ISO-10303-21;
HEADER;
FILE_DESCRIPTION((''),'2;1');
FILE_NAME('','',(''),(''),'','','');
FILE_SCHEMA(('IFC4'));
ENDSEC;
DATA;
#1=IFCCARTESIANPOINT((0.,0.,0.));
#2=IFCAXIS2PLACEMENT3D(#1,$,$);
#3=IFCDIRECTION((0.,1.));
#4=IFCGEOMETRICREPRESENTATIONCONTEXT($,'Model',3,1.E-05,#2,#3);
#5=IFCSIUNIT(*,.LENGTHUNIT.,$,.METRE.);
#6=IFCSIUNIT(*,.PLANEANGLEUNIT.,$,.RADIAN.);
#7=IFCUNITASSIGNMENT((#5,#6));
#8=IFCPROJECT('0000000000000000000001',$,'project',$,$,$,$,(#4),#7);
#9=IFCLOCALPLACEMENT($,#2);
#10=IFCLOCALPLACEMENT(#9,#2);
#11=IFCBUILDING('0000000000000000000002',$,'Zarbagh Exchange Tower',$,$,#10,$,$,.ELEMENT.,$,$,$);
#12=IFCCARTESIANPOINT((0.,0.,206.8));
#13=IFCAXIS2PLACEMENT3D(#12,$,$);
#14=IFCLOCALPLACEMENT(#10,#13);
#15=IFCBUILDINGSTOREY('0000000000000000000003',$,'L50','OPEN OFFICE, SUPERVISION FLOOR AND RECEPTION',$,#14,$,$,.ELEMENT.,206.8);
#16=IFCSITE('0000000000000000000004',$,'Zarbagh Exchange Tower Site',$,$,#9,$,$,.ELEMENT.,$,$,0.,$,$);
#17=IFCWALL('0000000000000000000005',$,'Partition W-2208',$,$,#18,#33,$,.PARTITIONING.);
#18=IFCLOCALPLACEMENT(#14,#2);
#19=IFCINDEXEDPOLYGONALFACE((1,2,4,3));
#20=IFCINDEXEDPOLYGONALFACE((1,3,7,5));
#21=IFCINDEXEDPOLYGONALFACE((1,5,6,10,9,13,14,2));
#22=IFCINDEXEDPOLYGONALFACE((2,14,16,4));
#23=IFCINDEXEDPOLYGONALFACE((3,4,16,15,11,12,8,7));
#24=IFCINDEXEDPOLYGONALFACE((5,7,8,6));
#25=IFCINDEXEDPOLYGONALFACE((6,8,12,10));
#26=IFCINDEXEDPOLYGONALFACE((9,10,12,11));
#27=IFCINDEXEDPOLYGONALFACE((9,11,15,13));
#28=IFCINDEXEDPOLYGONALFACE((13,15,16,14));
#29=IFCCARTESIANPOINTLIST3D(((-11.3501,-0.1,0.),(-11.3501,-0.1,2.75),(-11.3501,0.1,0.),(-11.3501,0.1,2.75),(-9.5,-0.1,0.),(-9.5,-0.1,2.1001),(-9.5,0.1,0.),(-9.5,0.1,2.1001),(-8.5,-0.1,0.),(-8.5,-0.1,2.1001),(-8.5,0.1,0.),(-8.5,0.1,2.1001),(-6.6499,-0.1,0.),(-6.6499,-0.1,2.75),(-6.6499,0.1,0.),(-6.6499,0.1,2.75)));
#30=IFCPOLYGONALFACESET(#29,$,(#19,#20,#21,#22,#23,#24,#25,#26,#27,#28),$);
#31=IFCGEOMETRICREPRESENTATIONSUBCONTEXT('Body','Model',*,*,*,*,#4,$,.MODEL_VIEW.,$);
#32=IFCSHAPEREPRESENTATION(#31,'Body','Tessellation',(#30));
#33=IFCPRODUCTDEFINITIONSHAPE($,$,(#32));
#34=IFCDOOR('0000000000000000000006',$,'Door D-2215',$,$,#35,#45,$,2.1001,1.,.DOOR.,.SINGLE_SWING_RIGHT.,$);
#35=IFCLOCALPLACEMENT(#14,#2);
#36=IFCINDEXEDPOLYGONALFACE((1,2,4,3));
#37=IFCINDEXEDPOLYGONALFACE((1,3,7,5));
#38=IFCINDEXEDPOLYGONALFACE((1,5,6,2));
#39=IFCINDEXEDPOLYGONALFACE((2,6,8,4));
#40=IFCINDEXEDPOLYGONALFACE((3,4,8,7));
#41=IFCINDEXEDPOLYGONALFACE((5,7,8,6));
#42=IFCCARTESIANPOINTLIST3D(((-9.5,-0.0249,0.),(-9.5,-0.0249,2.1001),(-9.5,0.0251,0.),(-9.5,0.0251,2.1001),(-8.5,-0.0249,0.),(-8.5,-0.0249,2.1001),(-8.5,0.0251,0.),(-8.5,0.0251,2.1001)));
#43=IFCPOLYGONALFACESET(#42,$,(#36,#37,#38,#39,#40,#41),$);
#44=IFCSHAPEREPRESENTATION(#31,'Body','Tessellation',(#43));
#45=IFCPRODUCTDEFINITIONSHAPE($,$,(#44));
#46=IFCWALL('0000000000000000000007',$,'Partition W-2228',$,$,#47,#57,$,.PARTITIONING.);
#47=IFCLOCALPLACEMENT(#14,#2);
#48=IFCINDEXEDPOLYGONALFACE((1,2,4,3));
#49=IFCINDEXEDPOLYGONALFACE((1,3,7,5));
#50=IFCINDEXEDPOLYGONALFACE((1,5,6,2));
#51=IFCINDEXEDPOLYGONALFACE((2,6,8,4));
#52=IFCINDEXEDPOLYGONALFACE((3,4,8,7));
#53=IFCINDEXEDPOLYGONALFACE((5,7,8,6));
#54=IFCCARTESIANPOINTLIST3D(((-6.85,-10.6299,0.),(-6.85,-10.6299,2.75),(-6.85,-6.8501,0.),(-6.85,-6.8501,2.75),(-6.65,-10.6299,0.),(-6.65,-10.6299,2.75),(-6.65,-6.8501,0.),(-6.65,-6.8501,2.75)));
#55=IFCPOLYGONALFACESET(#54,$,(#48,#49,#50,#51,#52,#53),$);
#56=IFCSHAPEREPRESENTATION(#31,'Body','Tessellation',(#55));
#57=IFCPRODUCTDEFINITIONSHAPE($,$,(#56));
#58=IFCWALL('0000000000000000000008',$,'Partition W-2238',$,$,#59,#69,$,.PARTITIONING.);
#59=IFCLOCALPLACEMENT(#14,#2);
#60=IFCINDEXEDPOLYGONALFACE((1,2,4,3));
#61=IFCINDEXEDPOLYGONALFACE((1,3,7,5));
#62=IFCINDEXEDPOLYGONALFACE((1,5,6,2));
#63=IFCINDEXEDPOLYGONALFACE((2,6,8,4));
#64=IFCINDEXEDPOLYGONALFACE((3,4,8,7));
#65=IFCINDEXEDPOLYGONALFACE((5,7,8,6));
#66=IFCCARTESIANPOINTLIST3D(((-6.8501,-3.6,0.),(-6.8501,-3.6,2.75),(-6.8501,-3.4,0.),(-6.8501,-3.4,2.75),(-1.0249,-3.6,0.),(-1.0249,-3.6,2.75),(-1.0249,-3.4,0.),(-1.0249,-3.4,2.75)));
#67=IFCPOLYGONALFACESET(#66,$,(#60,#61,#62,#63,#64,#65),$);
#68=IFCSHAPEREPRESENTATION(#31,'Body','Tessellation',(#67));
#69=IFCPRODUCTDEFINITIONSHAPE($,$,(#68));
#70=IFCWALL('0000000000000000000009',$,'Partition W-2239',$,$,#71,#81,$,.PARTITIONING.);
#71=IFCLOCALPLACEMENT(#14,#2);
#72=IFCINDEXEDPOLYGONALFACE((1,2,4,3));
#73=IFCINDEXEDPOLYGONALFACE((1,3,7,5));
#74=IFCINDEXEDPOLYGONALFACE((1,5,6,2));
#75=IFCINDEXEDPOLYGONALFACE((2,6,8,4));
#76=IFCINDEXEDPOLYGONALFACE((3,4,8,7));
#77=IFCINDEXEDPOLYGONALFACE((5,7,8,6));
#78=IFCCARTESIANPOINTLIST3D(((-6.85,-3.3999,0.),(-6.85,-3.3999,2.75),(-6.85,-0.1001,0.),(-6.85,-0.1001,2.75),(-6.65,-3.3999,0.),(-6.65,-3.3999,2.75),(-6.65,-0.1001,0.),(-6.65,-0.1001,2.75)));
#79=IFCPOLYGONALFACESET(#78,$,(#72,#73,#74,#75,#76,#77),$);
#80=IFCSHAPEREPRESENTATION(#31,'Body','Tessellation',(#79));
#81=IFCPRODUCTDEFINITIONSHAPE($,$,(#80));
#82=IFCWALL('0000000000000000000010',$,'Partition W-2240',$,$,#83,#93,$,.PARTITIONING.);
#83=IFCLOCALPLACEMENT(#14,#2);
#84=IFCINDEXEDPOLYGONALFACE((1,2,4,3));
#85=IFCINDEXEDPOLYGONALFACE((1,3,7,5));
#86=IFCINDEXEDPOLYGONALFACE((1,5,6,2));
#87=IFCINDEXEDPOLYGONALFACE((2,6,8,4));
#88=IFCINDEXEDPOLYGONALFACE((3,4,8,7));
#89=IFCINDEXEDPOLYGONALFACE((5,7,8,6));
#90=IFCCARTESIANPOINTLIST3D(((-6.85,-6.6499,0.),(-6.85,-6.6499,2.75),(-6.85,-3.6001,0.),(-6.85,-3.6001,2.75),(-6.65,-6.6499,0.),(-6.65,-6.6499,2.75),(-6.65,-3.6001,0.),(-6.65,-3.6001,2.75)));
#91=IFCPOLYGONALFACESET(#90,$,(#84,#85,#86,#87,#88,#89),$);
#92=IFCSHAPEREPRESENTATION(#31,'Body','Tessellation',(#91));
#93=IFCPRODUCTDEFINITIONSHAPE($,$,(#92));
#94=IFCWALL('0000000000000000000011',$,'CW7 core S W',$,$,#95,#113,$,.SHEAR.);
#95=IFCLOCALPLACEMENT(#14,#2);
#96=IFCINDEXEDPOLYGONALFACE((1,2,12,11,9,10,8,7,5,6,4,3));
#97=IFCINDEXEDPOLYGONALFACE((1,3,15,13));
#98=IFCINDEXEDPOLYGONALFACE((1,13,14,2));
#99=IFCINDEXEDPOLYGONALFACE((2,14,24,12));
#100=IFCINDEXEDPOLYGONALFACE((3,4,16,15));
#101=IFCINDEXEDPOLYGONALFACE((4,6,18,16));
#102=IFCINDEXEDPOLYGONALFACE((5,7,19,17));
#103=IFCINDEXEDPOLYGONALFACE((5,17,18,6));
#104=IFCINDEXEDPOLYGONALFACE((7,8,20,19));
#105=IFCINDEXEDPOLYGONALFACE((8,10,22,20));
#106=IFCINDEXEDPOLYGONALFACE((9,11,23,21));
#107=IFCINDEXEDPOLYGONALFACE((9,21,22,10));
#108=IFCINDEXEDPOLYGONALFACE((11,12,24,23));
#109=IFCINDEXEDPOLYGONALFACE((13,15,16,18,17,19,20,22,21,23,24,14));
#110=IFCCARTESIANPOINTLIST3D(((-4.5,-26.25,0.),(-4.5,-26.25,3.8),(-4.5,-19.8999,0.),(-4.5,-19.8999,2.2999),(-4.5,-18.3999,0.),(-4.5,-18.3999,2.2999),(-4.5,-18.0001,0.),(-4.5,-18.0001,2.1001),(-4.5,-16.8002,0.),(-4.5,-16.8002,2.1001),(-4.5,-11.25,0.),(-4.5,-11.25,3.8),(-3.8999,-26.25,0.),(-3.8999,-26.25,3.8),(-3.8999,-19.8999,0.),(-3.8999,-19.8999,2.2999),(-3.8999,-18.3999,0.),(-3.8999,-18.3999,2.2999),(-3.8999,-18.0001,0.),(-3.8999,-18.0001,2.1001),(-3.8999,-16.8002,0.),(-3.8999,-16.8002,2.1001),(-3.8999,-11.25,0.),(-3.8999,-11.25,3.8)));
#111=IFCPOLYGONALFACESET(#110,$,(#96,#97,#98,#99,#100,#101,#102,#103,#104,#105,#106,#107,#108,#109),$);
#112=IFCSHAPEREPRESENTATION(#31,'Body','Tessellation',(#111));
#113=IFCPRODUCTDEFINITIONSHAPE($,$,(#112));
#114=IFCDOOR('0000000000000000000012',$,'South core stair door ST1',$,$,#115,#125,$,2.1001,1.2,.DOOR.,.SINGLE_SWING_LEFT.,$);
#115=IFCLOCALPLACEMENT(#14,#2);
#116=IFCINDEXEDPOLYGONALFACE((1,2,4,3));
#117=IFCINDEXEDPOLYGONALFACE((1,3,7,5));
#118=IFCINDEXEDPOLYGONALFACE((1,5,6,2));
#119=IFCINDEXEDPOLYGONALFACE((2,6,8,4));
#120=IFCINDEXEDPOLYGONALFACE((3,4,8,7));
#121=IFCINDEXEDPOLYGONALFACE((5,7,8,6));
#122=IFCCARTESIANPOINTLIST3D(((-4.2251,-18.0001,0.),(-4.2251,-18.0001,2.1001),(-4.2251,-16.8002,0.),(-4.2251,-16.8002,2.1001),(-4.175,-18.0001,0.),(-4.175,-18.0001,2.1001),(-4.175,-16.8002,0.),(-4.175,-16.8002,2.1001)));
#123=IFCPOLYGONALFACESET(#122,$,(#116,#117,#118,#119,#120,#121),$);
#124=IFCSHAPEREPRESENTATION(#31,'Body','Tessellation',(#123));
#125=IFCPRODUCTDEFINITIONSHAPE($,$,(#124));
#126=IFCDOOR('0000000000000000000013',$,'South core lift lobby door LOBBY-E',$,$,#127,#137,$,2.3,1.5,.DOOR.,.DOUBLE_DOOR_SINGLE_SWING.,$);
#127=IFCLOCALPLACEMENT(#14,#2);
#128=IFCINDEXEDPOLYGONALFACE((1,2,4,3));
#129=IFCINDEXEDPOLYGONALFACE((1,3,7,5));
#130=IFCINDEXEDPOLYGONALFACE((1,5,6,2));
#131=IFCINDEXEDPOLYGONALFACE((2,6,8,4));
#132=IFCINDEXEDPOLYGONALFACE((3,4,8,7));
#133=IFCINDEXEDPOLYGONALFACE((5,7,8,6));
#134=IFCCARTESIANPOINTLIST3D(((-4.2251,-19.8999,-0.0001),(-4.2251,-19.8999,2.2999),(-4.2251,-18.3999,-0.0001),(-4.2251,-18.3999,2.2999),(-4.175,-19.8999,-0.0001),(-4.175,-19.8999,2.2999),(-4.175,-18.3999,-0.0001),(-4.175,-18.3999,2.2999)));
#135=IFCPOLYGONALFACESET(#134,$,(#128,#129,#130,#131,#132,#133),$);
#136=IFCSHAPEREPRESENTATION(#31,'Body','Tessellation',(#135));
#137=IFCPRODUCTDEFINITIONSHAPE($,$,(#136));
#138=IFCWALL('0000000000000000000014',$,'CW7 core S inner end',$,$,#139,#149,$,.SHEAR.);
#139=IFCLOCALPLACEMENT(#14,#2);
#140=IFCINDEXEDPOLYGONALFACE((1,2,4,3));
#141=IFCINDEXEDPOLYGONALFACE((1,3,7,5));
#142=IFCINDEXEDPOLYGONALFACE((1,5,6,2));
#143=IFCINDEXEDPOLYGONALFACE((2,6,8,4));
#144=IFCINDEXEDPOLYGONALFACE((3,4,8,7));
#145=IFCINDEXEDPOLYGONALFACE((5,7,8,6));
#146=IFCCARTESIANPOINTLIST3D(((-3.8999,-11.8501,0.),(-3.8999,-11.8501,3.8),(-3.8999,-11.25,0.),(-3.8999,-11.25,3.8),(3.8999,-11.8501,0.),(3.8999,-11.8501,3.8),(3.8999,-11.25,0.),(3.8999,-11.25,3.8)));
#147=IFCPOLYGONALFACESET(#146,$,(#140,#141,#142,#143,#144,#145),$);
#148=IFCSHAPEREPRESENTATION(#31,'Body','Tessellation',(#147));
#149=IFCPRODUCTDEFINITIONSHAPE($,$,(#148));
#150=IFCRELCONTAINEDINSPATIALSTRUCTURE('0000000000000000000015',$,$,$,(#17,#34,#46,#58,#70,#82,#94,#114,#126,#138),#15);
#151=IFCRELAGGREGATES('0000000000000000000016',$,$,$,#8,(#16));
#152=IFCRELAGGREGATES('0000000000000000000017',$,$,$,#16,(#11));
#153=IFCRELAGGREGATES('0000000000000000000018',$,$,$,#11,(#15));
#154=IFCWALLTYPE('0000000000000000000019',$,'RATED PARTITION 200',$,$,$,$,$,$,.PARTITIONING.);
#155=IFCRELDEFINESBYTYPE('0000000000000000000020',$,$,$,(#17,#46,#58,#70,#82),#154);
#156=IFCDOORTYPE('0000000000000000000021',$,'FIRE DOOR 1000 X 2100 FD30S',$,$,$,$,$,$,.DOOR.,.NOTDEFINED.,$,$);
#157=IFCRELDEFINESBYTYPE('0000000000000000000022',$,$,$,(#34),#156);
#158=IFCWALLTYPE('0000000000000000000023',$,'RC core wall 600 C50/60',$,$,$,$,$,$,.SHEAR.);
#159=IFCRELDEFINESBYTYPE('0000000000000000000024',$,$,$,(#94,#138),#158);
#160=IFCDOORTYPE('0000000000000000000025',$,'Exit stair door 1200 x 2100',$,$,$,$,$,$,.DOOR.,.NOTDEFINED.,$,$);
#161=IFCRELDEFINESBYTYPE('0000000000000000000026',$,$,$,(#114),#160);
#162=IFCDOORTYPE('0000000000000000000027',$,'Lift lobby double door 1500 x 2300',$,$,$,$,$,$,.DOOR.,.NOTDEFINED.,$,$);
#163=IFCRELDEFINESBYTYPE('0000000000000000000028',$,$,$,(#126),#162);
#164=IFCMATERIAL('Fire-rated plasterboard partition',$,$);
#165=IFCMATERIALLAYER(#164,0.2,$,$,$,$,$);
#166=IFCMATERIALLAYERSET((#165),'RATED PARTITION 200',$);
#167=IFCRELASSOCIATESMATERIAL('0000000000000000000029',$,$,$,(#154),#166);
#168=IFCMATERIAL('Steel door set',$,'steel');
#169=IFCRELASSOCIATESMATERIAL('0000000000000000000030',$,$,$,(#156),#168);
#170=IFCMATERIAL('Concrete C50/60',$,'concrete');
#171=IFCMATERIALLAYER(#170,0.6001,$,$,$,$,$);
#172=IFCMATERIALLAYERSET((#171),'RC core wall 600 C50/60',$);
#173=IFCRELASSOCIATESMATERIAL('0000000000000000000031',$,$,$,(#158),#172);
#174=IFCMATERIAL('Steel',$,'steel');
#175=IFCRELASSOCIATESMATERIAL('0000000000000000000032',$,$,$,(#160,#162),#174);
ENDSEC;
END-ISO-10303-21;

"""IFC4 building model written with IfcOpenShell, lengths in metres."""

from ifc_helpers import new_model, si_unit, direction, frame, frame_2d, origin, place, context, subcontext, project, spatial, rectangle, extrude, material, layer, layer_set, type_object, element, fill, save


model = new_model("IFC4")

# Units and contexts
model_context = context("Model", 3, precision=1e-05, world=origin(), true_north=direction((0.0, 1.0)))
body_context = subcontext(model_context, "Body", "Model", "MODEL_VIEW")
ifc_project = project(units=[si_unit("LENGTHUNIT", "METRE"), si_unit("PLANEANGLEUNIT", "RADIAN")], contexts=[model_context])

# Site, building, storey
site_placement = place(None, origin())
site = spatial("IfcSite", under=ifc_project, at=site_placement, Name="Zarbagh Exchange Tower Site", CompositionType="ELEMENT", RefElevation=0.0)
building_placement = place(site_placement, origin())
building = spatial("IfcBuilding", under=site, at=building_placement, Name="Zarbagh Exchange Tower", CompositionType="ELEMENT")
storey_placement = place(building_placement, frame((0.0, 0.0, 206.8)))
storey = spatial("IfcBuildingStorey", under=building, at=storey_placement, Name="L50", Description="OPEN OFFICE, SUPERVISION FLOOR AND RECEPTION", CompositionType="ELEMENT", Elevation=206.8)

# Shared definitions
ifc_material_1 = material(Name="Concrete C50/60", Category="concrete")

# Wall, opening, door
ifc_material_2 = material(Name="Fire-rated plasterboard partition")
ifc_layer_1 = layer(ifc_material_2, 0.2)
ifc_layer_set_1 = layer_set([ifc_layer_1], Name="RATED PARTITION 200")
wall_type_1 = type_object("IfcWallType", Name="RATED PARTITION 200", PredefinedType="PARTITIONING", material=ifc_layer_set_1)
wall_1_placement = place(storey_placement, frame((-6.6499, 0.0, 0.0), z_axis=(0.0, 0.0, 1.0), x_axis=(-1.0, 0.0, 0.0)))
wall_1 = element("IfcWall", 1, at=wall_1_placement, inside=storey, type_object=wall_type_1, Name="Partition W-2208", PredefinedType="PARTITIONING", context=body_context, shape_type="SweptSolid", body=[
    extrude(rectangle(XDim=4.7002, YDim=0.2, at=frame_2d((2.3501, 0.0))), origin(), (0.0, 0.0, 1.0), 2.75),
])
opening_1_placement = place(wall_1_placement, frame((1.8501, 0.0, 0.0)))
opening_1 = element("IfcOpeningElement", 2, at=opening_1_placement, cuts=wall_1, PredefinedType="OPENING", context=body_context, shape_type="SweptSolid", body=[
    extrude(rectangle(XDim=1.0, YDim=2.1001, at=frame_2d((0.5, 1.05))), frame((0.0, 0.1099, 0.0), z_axis=(0.0, -1.0, 0.0), x_axis=(1.0, 0.0, 0.0)), (0.0, 0.0, 1.0), 0.22),
])
ifc_material_3 = material(Name="Steel door set", Category="steel")
door_type_1 = type_object("IfcDoorType", Name="FIRE DOOR 1000 X 2100 FD30S", OperationType="NOTDEFINED", PredefinedType="DOOR", material=ifc_material_3)
door_1_placement = place(opening_1_placement, origin())
door_1 = element("IfcDoor", 3, at=door_1_placement, inside=storey, type_object=door_type_1, Name="Door D-2215", OperationType="SINGLE_SWING_RIGHT", OverallHeight=2.1001, OverallWidth=1.0, PredefinedType="DOOR", context=body_context, shape_type="SweptSolid", body=[
    extrude(rectangle(XDim=1.0, YDim=2.1001, at=frame_2d((0.5, 1.05))), frame((0.0, 0.0249, 0.0), z_axis=(0.0, -1.0, 0.0), x_axis=(1.0, 0.0, 0.0)), (0.0, 0.0, 1.0), 0.05),
])
fill(opening_1, door_1)

# Walls
wall_2_placement = place(storey_placement, frame((-6.75, -10.6299, 0.0), z_axis=(0.0, 0.0, 1.0), x_axis=(0.0, 1.0, 0.0)))
element("IfcWall", 4, at=wall_2_placement, inside=storey, type_object=wall_type_1, Name="Partition W-2228", PredefinedType="PARTITIONING", context=body_context, shape_type="SweptSolid", body=[
    extrude(rectangle(XDim=3.7798, YDim=0.2, at=frame_2d((1.8899, 0.0))), origin(), (0.0, 0.0, 1.0), 2.75),
])
wall_3_placement = place(storey_placement, frame((-6.8501, -3.5, 0.0), z_axis=(0.0, 0.0, 1.0), x_axis=(1.0, 0.0, 0.0)))
element("IfcWall", 5, at=wall_3_placement, inside=storey, type_object=wall_type_1, Name="Partition W-2238", PredefinedType="PARTITIONING", context=body_context, shape_type="SweptSolid", body=[
    extrude(rectangle(XDim=5.8252, YDim=0.2, at=frame_2d((2.9126, 0.0))), origin(), (0.0, 0.0, 1.0), 2.75),
])
wall_4_placement = place(storey_placement, frame((-6.75, -3.3999, 0.0), z_axis=(0.0, 0.0, 1.0), x_axis=(0.0, 1.0, 0.0)))
element("IfcWall", 6, at=wall_4_placement, inside=storey, type_object=wall_type_1, Name="Partition W-2239", PredefinedType="PARTITIONING", context=body_context, shape_type="SweptSolid", body=[
    extrude(rectangle(XDim=3.2998, YDim=0.2, at=frame_2d((1.6499, 0.0))), origin(), (0.0, 0.0, 1.0), 2.75),
])
wall_5_placement = place(storey_placement, frame((-6.75, -6.6499, 0.0), z_axis=(0.0, 0.0, 1.0), x_axis=(0.0, 1.0, 0.0)))
element("IfcWall", 7, at=wall_5_placement, inside=storey, type_object=wall_type_1, Name="Partition W-2240", PredefinedType="PARTITIONING", context=body_context, shape_type="SweptSolid", body=[
    extrude(rectangle(XDim=3.0498, YDim=0.2, at=frame_2d((1.5249, 0.0))), origin(), (0.0, 0.0, 1.0), 2.75),
])

# Wall, openings, doors
ifc_layer_2 = layer(ifc_material_1, 0.6001)
ifc_layer_set_2 = layer_set([ifc_layer_2], Name="RC core wall 600 C50/60")
wall_type_2 = type_object("IfcWallType", Name="RC core wall 600 C50/60", PredefinedType="SHEAR", material=ifc_layer_set_2)
wall_6_placement = place(storey_placement, frame((-4.2, -11.25, 0.0), z_axis=(0.0, 0.0, 1.0), x_axis=(0.0, -1.0, 0.0)))
wall_6 = element("IfcWall", 8, at=wall_6_placement, inside=storey, type_object=wall_type_2, Name="CW7 core S W", PredefinedType="SHEAR", context=body_context, shape_type="SweptSolid", body=[
    extrude(rectangle(XDim=15.0, YDim=0.6001, at=frame_2d((7.5, 0.0))), origin(), (0.0, 0.0, 1.0), 3.8),
])
opening_2_placement = place(wall_6_placement, frame((7.1499, 0.0, 0.0)))
opening_2 = element("IfcOpeningElement", 9, at=opening_2_placement, cuts=wall_6, PredefinedType="OPENING", context=body_context, shape_type="SweptSolid", body=[
    extrude(rectangle(XDim=1.5, YDim=2.3, at=frame_2d((0.75, 1.1499))), frame((0.0, 0.3101, 0.0), z_axis=(0.0, -1.0, 0.0), x_axis=(1.0, 0.0, 0.0)), (0.0, 0.0, 1.0), 0.6201),
])
opening_3_placement = place(wall_6_placement, frame((5.55, 0.0, 0.0)))
opening_3 = element("IfcOpeningElement", 10, at=opening_3_placement, cuts=wall_6, PredefinedType="OPENING", context=body_context, shape_type="SweptSolid", body=[
    extrude(rectangle(XDim=1.2, YDim=2.1001, at=frame_2d((0.6001, 1.05))), frame((0.0, 0.3101, 0.0), z_axis=(0.0, -1.0, 0.0), x_axis=(1.0, 0.0, 0.0)), (0.0, 0.0, 1.0), 0.6201),
])
ifc_material_4 = material(Name="Steel", Category="steel")
door_type_2 = type_object("IfcDoorType", Name="Exit stair door 1200 x 2100", OperationType="NOTDEFINED", PredefinedType="DOOR", material=ifc_material_4)
door_2_placement = place(opening_3_placement, origin())
door_2 = element("IfcDoor", 11, at=door_2_placement, inside=storey, type_object=door_type_2, Name="South core stair door ST1", OperationType="SINGLE_SWING_LEFT", OverallHeight=2.1001, OverallWidth=1.2, PredefinedType="DOOR", context=body_context, shape_type="SweptSolid", body=[
    extrude(rectangle(XDim=1.2, YDim=2.1001, at=frame_2d((0.6001, 1.05))), frame((0.0, 0.0249, 0.0), z_axis=(0.0, -1.0, 0.0), x_axis=(1.0, 0.0, 0.0)), (0.0, 0.0, 1.0), 0.05),
])
fill(opening_3, door_2)
door_type_3 = type_object("IfcDoorType", Name="Lift lobby double door 1500 x 2300", OperationType="NOTDEFINED", PredefinedType="DOOR", material=ifc_material_4)
door_3_placement = place(opening_2_placement, origin())
door_3 = element("IfcDoor", 12, at=door_3_placement, inside=storey, type_object=door_type_3, Name="South core lift lobby door LOBBY-E", OperationType="DOUBLE_DOOR_SINGLE_SWING", OverallHeight=2.3, OverallWidth=1.5, PredefinedType="DOOR", context=body_context, shape_type="SweptSolid", body=[
    extrude(rectangle(XDim=1.5, YDim=2.3, at=frame_2d((0.75, 1.1499))), frame((0.0, 0.0249, 0.0), z_axis=(0.0, -1.0, 0.0), x_axis=(1.0, 0.0, 0.0)), (0.0, 0.0, 1.0), 0.05),
])
fill(opening_2, door_3)

# Wall
wall_7_placement = place(storey_placement, frame((-3.8999, -11.55, 0.0), z_axis=(0.0, 0.0, 1.0), x_axis=(1.0, 0.0, 0.0)))
element("IfcWall", 13, at=wall_7_placement, inside=storey, type_object=wall_type_2, Name="CW7 core S inner end", PredefinedType="SHEAR", context=body_context, shape_type="SweptSolid", body=[
    extrude(rectangle(XDim=7.7998, YDim=0.6001, at=frame_2d((3.8999, 0.0))), origin(), (0.0, 0.0, 1.0), 3.8),
])

save(model, "model.ifc")
